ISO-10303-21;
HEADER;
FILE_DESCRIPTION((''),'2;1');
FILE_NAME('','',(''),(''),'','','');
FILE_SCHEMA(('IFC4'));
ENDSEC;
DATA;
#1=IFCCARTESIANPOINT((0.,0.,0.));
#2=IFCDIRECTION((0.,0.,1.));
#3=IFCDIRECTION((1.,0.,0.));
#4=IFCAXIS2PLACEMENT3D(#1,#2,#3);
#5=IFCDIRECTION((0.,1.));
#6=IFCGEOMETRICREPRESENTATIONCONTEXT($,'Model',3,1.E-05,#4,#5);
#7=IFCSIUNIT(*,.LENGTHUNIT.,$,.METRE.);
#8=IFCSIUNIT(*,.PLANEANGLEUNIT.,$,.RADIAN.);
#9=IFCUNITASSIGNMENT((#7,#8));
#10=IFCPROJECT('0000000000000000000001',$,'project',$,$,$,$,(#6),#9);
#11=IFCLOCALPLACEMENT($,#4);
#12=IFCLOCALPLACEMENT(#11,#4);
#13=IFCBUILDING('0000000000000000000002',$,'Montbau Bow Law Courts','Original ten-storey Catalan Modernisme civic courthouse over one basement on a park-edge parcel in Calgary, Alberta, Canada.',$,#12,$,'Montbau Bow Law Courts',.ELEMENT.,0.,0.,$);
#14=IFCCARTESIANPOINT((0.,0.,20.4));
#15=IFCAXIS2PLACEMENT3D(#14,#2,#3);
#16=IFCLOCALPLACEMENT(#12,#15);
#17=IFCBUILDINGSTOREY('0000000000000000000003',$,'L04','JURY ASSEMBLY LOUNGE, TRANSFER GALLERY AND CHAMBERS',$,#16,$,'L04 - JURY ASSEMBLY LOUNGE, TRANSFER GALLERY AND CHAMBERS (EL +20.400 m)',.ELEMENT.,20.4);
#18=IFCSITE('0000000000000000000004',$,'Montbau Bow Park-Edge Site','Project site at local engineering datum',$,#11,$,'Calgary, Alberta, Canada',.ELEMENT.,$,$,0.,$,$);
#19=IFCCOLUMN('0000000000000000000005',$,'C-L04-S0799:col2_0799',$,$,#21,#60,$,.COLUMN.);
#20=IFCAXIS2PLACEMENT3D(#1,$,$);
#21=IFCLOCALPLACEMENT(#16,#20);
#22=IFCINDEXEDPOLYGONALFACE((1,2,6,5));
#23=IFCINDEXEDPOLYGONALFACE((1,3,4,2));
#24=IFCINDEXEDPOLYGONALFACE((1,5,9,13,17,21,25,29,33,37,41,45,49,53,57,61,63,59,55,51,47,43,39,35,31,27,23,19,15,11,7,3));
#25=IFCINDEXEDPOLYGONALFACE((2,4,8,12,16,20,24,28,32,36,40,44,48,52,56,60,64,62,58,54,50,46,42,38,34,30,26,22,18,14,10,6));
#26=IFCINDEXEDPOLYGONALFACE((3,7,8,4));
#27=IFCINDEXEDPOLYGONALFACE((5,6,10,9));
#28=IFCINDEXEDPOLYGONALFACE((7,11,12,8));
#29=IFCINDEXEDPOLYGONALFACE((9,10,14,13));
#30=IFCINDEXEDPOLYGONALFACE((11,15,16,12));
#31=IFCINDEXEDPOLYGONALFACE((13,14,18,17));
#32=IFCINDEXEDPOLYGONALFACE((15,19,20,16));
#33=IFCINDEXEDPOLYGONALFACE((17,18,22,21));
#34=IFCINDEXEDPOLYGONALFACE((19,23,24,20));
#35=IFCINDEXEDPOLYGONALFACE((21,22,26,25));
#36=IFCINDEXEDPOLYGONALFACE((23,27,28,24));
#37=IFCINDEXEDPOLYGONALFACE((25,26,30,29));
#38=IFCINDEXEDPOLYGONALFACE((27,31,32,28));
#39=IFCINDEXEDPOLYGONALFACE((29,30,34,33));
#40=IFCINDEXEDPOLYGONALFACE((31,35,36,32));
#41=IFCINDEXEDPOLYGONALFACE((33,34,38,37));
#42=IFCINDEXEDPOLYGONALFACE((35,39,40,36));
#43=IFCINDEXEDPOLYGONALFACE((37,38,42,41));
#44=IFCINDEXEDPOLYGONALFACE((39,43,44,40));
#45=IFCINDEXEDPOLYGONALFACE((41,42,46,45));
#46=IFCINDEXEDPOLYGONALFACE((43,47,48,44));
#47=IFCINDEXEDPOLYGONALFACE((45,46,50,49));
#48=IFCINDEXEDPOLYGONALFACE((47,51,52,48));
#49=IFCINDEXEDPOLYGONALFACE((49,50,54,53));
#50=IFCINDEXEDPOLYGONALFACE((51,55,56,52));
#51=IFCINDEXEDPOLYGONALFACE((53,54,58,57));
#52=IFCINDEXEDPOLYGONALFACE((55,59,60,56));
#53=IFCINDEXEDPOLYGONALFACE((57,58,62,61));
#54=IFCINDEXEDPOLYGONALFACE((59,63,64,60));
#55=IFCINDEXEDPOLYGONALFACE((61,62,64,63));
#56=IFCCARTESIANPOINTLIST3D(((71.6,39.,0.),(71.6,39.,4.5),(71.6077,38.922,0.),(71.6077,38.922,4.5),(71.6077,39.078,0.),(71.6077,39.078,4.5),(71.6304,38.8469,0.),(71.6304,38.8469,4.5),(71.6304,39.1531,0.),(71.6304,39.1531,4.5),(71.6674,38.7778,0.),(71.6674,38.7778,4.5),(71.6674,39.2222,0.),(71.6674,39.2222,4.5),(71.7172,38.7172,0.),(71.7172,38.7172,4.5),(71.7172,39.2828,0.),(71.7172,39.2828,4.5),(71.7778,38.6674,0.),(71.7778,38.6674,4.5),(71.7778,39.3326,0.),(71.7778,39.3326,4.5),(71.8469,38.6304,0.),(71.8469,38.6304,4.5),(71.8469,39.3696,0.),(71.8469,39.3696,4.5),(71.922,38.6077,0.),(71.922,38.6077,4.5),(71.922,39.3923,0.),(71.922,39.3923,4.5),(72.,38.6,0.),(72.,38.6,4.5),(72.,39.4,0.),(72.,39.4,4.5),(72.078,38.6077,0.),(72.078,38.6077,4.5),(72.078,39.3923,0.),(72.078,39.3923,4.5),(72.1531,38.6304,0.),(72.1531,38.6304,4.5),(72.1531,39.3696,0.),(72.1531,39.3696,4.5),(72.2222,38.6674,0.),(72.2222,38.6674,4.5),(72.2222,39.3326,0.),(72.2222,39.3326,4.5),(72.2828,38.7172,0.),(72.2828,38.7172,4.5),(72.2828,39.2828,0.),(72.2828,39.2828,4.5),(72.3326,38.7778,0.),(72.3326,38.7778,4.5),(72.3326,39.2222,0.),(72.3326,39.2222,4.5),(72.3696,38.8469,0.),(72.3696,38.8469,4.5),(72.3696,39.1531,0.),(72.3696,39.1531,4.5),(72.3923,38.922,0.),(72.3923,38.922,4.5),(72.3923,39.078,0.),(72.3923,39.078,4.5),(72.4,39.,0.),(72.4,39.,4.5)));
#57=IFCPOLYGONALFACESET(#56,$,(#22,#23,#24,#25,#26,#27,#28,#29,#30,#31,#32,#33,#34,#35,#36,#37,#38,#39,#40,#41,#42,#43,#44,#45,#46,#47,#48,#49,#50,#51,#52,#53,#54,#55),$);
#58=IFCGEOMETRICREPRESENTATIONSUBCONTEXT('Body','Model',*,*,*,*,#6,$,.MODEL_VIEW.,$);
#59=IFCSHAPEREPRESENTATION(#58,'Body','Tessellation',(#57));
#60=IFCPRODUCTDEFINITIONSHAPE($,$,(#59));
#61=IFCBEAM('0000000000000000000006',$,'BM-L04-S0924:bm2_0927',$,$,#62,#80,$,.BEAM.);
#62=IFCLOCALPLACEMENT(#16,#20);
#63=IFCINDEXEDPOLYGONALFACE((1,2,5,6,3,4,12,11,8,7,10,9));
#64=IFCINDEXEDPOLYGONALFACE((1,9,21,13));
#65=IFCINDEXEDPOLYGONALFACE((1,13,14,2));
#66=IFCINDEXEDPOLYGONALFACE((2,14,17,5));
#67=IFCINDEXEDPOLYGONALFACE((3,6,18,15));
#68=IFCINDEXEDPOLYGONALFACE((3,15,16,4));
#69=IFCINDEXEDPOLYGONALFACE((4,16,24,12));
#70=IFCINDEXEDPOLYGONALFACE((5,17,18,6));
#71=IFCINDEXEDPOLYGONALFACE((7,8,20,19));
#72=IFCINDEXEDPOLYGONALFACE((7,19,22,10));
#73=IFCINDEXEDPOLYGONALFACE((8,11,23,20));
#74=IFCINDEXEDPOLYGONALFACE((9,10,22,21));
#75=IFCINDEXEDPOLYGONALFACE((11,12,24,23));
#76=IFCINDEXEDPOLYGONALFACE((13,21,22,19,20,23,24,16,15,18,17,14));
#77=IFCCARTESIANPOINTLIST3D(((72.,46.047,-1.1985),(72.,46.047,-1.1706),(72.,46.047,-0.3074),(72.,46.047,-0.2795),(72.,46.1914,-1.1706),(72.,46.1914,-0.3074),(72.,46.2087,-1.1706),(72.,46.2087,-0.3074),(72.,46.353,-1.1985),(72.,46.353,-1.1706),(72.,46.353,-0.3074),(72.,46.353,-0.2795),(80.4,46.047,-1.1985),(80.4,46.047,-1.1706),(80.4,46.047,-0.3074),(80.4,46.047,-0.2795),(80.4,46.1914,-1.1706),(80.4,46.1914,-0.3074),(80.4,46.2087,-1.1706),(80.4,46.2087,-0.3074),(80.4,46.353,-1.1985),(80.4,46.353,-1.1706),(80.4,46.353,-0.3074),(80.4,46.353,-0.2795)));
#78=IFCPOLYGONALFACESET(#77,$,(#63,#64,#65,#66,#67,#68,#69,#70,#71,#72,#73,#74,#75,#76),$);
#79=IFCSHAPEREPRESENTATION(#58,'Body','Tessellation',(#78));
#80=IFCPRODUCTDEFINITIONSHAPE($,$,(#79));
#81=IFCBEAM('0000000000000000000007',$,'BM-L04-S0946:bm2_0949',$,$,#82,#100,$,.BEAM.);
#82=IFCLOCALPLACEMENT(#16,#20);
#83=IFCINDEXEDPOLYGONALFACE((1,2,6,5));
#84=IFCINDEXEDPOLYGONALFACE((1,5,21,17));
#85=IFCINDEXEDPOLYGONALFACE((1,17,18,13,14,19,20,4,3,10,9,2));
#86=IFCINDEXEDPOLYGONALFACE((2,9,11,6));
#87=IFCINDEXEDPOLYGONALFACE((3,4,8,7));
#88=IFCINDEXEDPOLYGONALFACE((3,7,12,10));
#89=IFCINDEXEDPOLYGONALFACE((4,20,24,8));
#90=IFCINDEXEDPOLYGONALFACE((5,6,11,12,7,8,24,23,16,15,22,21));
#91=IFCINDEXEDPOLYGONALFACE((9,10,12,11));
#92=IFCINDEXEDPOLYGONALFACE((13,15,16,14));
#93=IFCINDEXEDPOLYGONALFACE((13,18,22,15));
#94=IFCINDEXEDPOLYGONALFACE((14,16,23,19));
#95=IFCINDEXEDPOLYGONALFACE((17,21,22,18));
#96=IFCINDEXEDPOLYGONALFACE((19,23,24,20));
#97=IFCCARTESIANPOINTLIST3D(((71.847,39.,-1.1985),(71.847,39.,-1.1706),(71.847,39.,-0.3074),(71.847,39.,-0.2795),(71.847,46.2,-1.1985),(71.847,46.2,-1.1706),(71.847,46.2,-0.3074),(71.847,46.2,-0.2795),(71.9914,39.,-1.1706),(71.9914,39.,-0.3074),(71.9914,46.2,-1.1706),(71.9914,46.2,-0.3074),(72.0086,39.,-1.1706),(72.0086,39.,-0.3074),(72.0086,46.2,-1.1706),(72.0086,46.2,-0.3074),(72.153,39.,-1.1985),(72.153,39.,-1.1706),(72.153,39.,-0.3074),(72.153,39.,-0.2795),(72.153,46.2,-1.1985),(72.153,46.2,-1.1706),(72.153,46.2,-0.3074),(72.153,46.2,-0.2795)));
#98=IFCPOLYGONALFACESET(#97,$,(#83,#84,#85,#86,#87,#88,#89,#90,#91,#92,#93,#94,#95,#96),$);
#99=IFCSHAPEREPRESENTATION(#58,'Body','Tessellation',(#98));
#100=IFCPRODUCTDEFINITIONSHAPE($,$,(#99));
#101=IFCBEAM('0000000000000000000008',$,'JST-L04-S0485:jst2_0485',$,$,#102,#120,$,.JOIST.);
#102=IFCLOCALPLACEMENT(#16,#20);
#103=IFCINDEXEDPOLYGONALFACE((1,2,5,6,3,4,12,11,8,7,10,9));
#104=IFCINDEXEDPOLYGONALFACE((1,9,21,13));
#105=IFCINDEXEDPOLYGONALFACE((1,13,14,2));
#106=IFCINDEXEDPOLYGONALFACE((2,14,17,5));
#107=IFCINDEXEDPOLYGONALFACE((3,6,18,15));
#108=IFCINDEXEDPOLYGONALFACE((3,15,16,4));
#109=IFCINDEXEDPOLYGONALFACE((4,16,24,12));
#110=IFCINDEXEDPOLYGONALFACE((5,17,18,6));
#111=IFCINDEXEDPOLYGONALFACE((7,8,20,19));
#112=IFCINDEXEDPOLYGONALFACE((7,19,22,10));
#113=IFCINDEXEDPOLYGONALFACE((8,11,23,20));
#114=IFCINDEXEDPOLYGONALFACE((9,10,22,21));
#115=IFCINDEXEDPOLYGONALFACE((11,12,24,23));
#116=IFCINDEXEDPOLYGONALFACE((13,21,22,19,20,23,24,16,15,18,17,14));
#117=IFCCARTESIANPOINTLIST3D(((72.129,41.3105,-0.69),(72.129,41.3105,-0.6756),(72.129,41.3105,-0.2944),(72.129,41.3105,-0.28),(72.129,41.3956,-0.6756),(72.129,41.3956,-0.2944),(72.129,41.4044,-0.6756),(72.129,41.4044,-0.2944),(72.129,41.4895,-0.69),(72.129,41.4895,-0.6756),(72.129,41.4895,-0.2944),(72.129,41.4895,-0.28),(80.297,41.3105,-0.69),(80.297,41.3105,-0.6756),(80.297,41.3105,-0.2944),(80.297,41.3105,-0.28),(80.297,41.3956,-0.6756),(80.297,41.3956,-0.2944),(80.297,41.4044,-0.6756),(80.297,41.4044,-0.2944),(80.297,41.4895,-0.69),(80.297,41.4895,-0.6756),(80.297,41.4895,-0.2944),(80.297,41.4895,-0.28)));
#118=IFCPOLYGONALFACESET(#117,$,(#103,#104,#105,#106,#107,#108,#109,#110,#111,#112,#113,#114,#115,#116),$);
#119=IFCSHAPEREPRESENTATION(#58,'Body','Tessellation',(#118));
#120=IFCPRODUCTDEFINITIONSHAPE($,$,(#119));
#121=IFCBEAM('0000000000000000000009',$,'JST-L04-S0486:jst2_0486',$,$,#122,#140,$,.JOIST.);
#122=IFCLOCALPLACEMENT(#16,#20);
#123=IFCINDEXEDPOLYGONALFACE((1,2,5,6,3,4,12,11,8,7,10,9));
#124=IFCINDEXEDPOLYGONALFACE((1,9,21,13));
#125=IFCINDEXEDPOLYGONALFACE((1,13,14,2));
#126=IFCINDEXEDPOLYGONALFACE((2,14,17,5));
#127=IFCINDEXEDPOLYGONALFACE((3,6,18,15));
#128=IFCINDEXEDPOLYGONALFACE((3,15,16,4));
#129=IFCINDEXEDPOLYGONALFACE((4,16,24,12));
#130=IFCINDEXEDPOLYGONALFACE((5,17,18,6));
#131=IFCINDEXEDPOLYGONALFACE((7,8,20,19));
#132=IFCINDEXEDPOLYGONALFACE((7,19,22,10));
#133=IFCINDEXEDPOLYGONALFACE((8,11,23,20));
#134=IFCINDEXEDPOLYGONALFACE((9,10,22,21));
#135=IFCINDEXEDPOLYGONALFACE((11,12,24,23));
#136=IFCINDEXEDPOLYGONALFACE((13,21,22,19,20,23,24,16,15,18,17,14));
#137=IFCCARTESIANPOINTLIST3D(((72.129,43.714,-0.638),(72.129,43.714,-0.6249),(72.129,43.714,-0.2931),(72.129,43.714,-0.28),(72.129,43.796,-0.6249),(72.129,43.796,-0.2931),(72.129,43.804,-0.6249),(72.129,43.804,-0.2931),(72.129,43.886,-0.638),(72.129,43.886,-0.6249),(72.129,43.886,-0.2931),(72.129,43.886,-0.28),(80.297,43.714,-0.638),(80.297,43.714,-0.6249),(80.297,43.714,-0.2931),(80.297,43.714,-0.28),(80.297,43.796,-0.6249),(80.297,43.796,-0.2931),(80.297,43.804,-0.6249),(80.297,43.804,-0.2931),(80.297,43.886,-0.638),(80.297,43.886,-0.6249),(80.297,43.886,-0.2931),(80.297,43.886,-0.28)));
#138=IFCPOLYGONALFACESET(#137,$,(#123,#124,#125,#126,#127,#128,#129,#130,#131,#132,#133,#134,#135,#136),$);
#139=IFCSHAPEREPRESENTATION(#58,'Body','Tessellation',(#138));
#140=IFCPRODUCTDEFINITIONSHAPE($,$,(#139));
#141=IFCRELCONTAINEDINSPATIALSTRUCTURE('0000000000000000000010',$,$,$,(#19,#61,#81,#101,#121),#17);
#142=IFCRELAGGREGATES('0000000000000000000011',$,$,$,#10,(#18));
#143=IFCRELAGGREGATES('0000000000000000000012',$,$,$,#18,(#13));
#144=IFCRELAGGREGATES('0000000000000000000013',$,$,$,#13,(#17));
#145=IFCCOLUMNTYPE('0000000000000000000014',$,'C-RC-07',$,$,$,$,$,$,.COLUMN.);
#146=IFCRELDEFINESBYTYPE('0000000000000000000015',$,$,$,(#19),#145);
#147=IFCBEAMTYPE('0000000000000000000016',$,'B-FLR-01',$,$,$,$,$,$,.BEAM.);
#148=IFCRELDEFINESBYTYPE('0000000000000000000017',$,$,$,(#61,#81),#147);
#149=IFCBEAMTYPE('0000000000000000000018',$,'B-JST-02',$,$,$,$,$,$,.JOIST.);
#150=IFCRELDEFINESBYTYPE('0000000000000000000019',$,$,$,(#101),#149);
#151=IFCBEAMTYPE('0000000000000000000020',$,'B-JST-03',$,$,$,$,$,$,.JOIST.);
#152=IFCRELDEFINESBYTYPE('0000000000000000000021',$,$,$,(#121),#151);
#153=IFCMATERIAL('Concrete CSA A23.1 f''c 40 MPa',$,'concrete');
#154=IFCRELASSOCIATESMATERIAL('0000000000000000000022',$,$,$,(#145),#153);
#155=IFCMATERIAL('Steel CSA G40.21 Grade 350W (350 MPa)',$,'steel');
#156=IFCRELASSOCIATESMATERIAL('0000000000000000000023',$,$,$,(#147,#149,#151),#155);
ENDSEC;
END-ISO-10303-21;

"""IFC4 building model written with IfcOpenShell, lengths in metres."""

from ifc_helpers import new_model, si_unit, direction, frame, origin_with_axes, origin_2d_with_axis, place, context, subcontext, project, spatial, circle, i_section, extrude, material, material_profile, profile_set, type_object, element, save


model = new_model("IFC4")

# Units and contexts
model_context = context("Model", 3, precision=1e-05, world=origin_with_axes(), true_north=direction((0.0, 1.0)))
body_context = subcontext(model_context, "Body", "Model", "MODEL_VIEW")
ifc_project = project(units=[si_unit("LENGTHUNIT", "METRE"), si_unit("PLANEANGLEUNIT", "RADIAN")], contexts=[model_context])

# Site, building, storey
site_placement = place(None, origin_with_axes())
site = spatial("IfcSite", under=ifc_project, at=site_placement, Name="Montbau Bow Park-Edge Site", Description="Project site at local engineering datum", LongName="Calgary, Alberta, Canada", CompositionType="ELEMENT", RefElevation=0.0)
building_placement = place(site_placement, origin_with_axes())
building = spatial("IfcBuilding", under=site, at=building_placement, Name="Montbau Bow Law Courts", Description="Original ten-storey Catalan Modernisme civic courthouse over one basement on a park-edge parcel in Calgary, Alberta, Canada.", LongName="Montbau Bow Law Courts", CompositionType="ELEMENT", ElevationOfRefHeight=0.0, ElevationOfTerrain=0.0)
storey_placement = place(building_placement, frame((0.0, 0.0, 20.4), z_axis=(0.0, 0.0, 1.0), x_axis=(1.0, 0.0, 0.0)))
storey = spatial("IfcBuildingStorey", under=building, at=storey_placement, Name="L04", Description="JURY ASSEMBLY LOUNGE, TRANSFER GALLERY AND CHAMBERS", LongName="L04 - JURY ASSEMBLY LOUNGE, TRANSFER GALLERY AND CHAMBERS (EL +20.400 m)", CompositionType="ELEMENT", Elevation=20.4)

# Column
ifc_material_1 = material(Name="Concrete CSA A23.1 f'c 40 MPa", Category="concrete")
ifc_material_profile_1 = material_profile(ifc_material_1, circle(Radius=0.4, at=origin_2d_with_axis()), Name="RC800D", Category="Main", Priority=0)
ifc_profile_set_1 = profile_set([ifc_material_profile_1], Name="Concrete CSA A23.1 f'c 40 MPa")
column_type = type_object("IfcColumnType", Name="C-RC-07", PredefinedType="COLUMN", material=ifc_profile_set_1)
column_placement = place(None, frame((72.0, 39.0, 20.4), z_axis=(0.0, 0.0, 1.0), x_axis=(1.0, 0.0, 0.0)))
element("IfcColumn", 1, at=column_placement, inside=storey, type_object=column_type, Name="C-L04-S0799:col2_0799", PredefinedType="COLUMN", context=body_context, shape_type="SweptSolid", body=[
    extrude(circle(Radius=0.4, at=origin_2d_with_axis()), origin_with_axes(), (0.0, 0.0, 1.0), 4.5),
])

# Beams
ifc_material_2 = material(Name="Steel CSA G40.21 Grade 350W (350 MPa)", Category="steel")
ifc_material_profile_2 = material_profile(ifc_material_2, i_section(OverallWidth=0.306, OverallDepth=0.919, WebThickness=0.0173, FlangeThickness=0.0279, at=origin_2d_with_axis()), Name="W920X253", Category="Main", Priority=0)
ifc_profile_set_2 = profile_set([ifc_material_profile_2], Name="Steel CSA G40.21 Grade 350W (350 MPa)")
beam_type_1 = type_object("IfcBeamType", Name="B-FLR-01", PredefinedType="BEAM", material=ifc_profile_set_2)
beam_1_placement = place(None, frame((72.0, 46.2, 19.661), z_axis=(1.0, 0.0, 0.0), x_axis=(0.0, 1.0, 0.0)))
element("IfcBeam", 2, at=beam_1_placement, inside=storey, type_object=beam_type_1, Name="BM-L04-S0924:bm2_0927", PredefinedType="BEAM", context=body_context, shape_type="SweptSolid", body=[
    extrude(i_section(OverallWidth=0.306, OverallDepth=0.919, WebThickness=0.0173, FlangeThickness=0.0279, at=origin_2d_with_axis()), origin_with_axes(), (0.0, 0.0, 1.0), 8.4),
])
beam_2_placement = place(None, frame((72.0, 39.0, 19.661), z_axis=(0.0, 1.0, 0.0), x_axis=(-1.0, 0.0, 0.0)))
element("IfcBeam", 3, at=beam_2_placement, inside=storey, type_object=beam_type_1, Name="BM-L04-S0946:bm2_0949", PredefinedType="BEAM", context=body_context, shape_type="SweptSolid", body=[
    extrude(i_section(OverallWidth=0.306, OverallDepth=0.919, WebThickness=0.0173, FlangeThickness=0.0279, at=origin_2d_with_axis()), origin_with_axes(), (0.0, 0.0, 1.0), 7.2),
])
ifc_material_profile_3 = material_profile(ifc_material_2, i_section(OverallWidth=0.179, OverallDepth=0.41, WebThickness=0.0088, FlangeThickness=0.0144, at=origin_2d_with_axis()), Name="W410X67", Category="Main", Priority=0)
ifc_profile_set_3 = profile_set([ifc_material_profile_3], Name="Steel CSA G40.21 Grade 350W (350 MPa)")
beam_type_2 = type_object("IfcBeamType", Name="B-JST-02", PredefinedType="JOIST", material=ifc_profile_set_3)
beam_3_placement = place(None, frame((72.129, 41.4, 19.915), z_axis=(1.0, 0.0, 0.0), x_axis=(0.0, 1.0, 0.0)))
element("IfcBeam", 4, at=beam_3_placement, inside=storey, type_object=beam_type_2, Name="JST-L04-S0485:jst2_0485", PredefinedType="JOIST", context=body_context, shape_type="SweptSolid", body=[
    extrude(i_section(OverallWidth=0.179, OverallDepth=0.41, WebThickness=0.0088, FlangeThickness=0.0144, at=origin_2d_with_axis()), origin_with_axes(), (0.0, 0.0, 1.0), 8.168),
])
ifc_material_profile_4 = material_profile(ifc_material_2, i_section(OverallWidth=0.172, OverallDepth=0.358, WebThickness=0.0079, FlangeThickness=0.0131, at=origin_2d_with_axis()), Name="W360X57", Category="Main", Priority=0)
ifc_profile_set_4 = profile_set([ifc_material_profile_4], Name="Steel CSA G40.21 Grade 350W (350 MPa)")
beam_type_3 = type_object("IfcBeamType", Name="B-JST-03", PredefinedType="JOIST", material=ifc_profile_set_4)
beam_4_placement = place(None, frame((72.129, 43.8, 19.941), z_axis=(1.0, 0.0, 0.0), x_axis=(0.0, 1.0, 0.0)))
element("IfcBeam", 5, at=beam_4_placement, inside=storey, type_object=beam_type_3, Name="JST-L04-S0486:jst2_0486", PredefinedType="JOIST", context=body_context, shape_type="SweptSolid", body=[
    extrude(i_section(OverallWidth=0.172, OverallDepth=0.358, WebThickness=0.0079, FlangeThickness=0.0131, at=origin_2d_with_axis()), origin_with_axes(), (0.0, 0.0, 1.0), 8.168),
])

save(model, "model.ifc")
